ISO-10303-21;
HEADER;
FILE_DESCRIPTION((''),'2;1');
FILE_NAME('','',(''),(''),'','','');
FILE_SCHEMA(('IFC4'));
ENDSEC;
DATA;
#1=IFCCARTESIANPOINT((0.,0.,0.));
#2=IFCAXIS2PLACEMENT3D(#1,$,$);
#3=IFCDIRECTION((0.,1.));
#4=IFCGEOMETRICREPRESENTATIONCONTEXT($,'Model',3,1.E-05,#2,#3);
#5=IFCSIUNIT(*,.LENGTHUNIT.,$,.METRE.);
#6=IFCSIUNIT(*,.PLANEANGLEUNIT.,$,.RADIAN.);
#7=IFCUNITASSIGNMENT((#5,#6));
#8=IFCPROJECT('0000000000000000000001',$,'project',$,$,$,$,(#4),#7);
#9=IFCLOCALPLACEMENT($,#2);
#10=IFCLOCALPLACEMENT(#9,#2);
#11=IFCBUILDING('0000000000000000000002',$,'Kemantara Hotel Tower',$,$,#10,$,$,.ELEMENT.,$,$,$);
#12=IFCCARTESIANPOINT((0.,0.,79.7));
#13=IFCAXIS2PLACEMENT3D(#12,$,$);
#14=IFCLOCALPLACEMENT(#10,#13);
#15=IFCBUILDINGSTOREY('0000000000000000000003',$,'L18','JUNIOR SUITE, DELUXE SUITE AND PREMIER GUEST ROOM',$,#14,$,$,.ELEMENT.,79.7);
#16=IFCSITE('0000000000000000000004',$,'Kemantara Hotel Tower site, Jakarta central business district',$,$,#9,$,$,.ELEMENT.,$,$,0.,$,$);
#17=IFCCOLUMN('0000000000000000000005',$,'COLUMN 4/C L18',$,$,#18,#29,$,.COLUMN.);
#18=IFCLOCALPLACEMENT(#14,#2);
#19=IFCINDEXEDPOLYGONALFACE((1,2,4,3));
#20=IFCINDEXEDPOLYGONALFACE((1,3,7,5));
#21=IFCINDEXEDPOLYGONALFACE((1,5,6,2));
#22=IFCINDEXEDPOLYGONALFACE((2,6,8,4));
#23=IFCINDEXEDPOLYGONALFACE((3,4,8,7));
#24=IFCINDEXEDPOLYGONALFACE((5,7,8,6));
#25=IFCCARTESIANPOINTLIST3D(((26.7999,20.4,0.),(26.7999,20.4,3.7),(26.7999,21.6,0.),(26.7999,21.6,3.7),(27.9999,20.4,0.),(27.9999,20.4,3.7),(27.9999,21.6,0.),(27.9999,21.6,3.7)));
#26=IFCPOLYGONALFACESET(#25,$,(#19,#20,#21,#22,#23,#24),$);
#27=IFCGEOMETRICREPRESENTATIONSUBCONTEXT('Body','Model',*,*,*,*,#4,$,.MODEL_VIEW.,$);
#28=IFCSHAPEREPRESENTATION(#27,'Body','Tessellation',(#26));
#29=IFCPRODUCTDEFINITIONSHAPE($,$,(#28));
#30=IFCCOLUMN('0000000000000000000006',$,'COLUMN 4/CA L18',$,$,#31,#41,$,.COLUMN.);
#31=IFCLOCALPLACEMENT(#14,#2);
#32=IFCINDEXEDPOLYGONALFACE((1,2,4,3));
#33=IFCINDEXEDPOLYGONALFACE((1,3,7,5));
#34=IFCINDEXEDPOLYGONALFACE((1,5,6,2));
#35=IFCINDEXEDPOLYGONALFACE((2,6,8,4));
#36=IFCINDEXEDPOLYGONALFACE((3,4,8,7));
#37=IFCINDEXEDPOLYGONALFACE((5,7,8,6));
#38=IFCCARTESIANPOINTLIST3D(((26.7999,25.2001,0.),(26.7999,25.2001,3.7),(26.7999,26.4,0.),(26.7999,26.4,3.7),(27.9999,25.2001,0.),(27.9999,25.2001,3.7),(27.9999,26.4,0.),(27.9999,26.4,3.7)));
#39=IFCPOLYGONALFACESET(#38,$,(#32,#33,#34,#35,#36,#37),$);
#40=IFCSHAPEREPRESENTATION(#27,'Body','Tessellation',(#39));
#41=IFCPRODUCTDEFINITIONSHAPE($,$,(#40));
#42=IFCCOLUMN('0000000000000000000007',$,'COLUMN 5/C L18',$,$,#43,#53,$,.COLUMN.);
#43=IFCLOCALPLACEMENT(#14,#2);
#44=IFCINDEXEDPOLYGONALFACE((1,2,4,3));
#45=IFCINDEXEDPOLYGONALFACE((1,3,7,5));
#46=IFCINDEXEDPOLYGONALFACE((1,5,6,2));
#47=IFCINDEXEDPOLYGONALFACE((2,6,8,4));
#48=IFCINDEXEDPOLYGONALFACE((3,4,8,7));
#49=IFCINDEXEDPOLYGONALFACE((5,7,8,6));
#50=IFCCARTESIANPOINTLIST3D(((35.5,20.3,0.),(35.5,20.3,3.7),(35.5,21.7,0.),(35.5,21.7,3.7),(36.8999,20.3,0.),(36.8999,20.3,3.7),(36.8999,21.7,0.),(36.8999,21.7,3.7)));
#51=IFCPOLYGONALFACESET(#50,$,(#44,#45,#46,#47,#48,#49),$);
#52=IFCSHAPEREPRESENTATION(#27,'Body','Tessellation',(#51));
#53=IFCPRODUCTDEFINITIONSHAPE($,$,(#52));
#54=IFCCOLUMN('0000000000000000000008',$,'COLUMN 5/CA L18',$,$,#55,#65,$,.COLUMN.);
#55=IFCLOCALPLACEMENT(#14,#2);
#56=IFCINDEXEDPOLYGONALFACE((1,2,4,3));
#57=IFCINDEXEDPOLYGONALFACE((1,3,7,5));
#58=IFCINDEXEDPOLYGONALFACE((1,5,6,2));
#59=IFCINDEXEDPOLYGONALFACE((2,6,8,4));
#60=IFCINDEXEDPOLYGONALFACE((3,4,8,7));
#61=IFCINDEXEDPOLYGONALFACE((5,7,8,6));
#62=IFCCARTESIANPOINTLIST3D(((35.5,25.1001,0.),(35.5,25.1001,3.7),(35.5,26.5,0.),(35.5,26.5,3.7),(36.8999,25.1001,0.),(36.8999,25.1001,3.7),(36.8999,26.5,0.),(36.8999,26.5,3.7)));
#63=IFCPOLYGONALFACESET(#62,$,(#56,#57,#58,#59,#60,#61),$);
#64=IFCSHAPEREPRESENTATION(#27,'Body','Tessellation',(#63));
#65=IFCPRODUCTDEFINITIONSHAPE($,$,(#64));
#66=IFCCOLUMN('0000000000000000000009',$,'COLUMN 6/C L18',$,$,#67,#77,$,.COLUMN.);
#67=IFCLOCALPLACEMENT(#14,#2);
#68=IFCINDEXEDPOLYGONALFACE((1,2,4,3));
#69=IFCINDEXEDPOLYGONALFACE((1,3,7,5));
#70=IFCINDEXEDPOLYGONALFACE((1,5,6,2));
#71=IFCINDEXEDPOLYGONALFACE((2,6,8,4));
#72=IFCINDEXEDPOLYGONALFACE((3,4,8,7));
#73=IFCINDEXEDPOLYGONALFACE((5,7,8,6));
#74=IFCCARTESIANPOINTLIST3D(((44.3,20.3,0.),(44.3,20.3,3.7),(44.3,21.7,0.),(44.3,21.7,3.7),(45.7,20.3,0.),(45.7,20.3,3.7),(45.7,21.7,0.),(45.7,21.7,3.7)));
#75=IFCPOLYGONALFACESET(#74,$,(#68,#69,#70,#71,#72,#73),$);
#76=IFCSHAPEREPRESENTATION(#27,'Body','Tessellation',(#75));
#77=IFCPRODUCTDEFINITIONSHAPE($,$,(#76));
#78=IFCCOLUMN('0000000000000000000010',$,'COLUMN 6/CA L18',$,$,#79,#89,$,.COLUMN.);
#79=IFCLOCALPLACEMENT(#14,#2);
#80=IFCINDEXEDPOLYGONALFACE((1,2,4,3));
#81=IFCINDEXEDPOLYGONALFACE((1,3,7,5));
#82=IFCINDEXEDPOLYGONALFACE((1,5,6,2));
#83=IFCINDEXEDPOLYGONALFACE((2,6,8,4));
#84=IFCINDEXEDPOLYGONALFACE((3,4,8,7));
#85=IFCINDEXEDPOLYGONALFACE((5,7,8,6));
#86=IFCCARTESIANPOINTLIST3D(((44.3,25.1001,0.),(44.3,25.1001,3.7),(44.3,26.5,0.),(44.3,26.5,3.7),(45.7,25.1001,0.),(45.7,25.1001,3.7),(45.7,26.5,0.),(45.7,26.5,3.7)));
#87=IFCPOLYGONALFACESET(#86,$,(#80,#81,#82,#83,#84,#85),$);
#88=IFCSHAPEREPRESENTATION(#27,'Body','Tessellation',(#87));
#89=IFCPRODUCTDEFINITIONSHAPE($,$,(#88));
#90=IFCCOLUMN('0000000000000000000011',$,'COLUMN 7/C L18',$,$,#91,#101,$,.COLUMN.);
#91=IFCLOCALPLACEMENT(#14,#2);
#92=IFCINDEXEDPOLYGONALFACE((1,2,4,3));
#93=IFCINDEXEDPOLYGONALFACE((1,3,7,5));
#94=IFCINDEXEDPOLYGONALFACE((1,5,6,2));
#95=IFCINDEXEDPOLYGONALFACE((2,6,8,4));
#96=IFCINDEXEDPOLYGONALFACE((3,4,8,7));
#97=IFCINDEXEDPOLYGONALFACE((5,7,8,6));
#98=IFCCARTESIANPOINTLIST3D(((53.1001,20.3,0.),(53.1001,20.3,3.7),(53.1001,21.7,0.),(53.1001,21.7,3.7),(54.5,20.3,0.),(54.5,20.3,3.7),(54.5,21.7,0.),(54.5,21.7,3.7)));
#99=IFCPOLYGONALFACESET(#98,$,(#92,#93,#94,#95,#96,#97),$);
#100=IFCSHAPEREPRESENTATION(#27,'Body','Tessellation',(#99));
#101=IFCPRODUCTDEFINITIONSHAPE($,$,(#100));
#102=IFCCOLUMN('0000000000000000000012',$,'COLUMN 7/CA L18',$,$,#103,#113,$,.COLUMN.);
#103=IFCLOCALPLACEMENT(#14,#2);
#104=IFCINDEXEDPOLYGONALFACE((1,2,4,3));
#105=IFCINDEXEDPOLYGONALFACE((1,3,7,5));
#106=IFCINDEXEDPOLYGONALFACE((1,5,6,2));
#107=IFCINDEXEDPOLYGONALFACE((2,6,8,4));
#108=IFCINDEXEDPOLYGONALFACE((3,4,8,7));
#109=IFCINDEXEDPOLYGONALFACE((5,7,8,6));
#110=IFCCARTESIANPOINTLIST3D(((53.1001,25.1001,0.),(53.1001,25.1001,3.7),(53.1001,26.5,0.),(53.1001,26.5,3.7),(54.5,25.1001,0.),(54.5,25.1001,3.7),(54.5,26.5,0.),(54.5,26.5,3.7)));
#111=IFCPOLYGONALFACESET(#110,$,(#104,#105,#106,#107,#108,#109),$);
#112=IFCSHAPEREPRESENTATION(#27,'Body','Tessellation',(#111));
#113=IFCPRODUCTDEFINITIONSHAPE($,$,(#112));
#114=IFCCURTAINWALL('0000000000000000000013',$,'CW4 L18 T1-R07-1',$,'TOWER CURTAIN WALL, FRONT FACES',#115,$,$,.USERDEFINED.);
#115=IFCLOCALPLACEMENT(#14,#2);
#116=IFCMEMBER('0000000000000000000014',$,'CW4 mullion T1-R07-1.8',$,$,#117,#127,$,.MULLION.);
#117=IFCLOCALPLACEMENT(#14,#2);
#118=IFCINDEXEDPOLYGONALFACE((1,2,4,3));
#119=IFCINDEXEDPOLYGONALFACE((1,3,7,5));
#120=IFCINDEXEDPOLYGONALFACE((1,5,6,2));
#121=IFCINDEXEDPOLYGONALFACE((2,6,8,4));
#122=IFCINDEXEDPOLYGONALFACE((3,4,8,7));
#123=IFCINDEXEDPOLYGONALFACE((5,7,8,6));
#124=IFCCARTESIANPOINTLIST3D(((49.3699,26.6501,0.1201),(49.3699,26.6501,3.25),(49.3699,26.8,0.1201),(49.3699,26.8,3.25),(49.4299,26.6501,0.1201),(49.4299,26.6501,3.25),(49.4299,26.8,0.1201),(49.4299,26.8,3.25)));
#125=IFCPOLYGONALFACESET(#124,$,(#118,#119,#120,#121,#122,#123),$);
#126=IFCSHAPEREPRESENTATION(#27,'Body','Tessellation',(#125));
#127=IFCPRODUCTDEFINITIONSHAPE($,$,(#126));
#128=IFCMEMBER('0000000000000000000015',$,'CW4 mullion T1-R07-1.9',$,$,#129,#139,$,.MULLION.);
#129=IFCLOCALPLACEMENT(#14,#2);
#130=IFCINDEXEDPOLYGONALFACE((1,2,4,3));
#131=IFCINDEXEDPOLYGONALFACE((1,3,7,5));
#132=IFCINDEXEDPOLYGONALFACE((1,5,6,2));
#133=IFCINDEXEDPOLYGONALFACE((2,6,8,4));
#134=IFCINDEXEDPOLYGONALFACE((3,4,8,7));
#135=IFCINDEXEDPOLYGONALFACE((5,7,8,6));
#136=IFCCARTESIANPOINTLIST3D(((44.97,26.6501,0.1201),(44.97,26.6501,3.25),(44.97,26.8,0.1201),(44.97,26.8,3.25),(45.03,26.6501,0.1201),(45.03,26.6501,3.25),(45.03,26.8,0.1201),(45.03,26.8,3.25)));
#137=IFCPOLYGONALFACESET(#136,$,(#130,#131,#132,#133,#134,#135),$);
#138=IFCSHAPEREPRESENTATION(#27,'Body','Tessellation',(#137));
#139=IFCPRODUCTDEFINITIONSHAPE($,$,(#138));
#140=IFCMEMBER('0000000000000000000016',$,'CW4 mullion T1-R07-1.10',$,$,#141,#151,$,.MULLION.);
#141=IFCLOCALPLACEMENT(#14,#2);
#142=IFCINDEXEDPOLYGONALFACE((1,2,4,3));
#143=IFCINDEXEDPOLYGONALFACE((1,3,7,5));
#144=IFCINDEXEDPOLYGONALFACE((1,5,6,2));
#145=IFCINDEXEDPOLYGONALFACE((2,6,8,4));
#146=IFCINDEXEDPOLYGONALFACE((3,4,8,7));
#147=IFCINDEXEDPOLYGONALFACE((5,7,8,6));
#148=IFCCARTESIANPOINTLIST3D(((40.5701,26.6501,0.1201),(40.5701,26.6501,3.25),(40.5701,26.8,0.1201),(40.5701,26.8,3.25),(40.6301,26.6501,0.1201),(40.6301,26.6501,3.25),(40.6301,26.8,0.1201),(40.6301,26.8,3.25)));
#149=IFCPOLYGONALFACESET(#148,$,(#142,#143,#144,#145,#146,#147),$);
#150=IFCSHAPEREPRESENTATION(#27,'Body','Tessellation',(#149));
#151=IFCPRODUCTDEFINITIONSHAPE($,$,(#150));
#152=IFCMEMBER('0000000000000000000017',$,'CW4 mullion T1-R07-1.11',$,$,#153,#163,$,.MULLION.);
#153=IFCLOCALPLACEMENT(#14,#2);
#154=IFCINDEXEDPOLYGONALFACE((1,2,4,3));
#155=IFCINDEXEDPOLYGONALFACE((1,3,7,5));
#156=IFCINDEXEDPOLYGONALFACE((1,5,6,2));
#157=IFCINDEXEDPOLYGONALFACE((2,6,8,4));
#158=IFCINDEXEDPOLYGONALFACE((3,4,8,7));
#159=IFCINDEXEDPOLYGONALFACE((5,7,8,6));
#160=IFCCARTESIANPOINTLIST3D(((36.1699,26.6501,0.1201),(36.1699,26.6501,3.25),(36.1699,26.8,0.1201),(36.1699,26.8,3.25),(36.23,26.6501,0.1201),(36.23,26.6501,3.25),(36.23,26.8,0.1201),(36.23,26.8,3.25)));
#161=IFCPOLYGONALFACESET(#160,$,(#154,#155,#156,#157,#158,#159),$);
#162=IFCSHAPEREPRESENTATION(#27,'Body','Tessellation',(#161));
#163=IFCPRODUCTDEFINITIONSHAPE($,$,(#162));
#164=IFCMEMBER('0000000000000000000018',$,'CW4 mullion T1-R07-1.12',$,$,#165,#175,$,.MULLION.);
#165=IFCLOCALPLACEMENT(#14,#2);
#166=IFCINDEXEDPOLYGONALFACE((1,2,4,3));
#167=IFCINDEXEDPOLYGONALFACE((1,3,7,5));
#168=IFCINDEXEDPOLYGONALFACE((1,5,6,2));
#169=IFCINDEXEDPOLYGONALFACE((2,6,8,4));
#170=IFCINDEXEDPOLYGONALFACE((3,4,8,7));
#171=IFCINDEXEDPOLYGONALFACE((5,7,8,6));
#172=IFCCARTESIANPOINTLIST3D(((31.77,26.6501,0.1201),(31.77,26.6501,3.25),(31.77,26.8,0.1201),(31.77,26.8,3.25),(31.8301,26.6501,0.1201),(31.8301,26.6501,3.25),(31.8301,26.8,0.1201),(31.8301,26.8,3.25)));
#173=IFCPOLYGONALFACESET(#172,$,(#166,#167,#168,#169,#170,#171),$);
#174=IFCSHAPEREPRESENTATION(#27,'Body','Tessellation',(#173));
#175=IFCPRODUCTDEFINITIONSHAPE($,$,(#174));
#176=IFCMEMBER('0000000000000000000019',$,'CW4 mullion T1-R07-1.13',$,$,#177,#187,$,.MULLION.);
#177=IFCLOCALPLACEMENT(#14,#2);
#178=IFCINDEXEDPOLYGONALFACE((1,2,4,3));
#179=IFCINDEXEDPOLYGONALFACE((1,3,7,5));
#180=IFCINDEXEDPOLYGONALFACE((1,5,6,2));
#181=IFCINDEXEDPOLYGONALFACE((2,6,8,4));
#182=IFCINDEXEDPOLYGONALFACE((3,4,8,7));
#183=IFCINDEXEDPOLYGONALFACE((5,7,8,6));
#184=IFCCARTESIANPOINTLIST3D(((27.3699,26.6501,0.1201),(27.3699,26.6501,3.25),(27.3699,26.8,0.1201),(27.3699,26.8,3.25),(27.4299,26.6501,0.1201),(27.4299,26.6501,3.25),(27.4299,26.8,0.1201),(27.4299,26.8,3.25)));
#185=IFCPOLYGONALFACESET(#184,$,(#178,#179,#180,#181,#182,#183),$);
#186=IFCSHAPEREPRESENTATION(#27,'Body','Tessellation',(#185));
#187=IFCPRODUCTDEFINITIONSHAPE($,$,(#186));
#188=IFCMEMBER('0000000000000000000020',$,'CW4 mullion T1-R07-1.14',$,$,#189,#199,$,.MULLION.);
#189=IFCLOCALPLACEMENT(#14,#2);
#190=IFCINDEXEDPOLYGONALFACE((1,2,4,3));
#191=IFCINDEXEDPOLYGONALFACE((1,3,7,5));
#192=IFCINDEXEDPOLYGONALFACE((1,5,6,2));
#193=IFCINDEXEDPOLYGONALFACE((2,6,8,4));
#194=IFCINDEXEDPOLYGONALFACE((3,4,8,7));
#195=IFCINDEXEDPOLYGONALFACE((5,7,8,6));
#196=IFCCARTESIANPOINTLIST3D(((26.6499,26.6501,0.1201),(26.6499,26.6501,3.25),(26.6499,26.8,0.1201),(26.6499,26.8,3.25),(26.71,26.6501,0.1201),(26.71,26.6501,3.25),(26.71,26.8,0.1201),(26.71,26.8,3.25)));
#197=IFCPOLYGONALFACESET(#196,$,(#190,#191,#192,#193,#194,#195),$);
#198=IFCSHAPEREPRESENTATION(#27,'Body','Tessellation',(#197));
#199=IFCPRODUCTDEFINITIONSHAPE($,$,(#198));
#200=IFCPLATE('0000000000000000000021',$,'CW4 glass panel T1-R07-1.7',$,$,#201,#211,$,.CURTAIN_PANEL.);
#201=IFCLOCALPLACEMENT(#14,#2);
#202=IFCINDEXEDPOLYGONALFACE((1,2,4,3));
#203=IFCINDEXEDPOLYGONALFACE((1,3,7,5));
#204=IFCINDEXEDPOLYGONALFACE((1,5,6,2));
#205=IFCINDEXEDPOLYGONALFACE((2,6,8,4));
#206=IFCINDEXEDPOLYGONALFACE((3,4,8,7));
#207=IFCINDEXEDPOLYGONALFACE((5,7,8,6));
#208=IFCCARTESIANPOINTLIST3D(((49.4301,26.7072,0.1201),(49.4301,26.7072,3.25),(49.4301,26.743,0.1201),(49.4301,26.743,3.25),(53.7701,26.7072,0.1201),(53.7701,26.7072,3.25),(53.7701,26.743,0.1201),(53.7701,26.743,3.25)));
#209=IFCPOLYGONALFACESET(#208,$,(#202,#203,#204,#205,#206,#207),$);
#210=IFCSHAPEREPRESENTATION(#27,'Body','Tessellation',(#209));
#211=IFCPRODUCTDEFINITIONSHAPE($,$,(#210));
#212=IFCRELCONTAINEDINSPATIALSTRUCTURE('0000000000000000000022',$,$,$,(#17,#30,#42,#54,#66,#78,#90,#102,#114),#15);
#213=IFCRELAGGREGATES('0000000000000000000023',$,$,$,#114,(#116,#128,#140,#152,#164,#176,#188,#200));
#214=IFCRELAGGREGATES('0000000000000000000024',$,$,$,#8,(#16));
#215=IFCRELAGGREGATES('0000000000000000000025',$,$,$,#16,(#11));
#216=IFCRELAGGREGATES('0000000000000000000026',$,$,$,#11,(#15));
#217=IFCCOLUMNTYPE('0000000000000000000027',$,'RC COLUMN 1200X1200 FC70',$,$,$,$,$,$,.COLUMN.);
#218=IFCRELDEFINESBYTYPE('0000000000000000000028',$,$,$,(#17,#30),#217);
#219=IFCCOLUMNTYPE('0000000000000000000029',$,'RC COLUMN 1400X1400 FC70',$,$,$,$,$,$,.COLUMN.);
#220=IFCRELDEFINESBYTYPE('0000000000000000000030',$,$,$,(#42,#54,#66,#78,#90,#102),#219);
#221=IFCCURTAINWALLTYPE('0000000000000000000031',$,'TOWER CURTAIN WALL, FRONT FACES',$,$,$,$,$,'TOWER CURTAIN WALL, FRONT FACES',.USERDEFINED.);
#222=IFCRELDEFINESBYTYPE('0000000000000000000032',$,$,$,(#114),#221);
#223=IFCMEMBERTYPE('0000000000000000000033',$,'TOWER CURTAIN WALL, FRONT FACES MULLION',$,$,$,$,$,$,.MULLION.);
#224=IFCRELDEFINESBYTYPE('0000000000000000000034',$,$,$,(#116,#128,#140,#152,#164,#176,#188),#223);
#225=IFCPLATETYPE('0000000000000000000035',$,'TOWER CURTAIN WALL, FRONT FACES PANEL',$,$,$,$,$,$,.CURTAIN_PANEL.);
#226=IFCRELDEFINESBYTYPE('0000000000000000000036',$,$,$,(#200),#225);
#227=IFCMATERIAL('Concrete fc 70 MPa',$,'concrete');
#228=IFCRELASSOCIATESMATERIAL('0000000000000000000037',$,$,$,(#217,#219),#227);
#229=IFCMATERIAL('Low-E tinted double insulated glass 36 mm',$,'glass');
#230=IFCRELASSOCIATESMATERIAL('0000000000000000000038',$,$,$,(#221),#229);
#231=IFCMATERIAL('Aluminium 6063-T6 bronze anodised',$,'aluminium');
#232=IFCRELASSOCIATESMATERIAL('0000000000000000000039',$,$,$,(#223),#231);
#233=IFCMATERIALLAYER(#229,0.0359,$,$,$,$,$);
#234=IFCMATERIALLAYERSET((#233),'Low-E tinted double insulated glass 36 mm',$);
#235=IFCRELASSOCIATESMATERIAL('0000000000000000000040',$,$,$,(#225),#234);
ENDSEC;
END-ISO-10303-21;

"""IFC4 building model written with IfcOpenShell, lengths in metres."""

from ifc_helpers import new_model, si_unit, direction, frame, origin, origin_2d, place, context, subcontext, project, spatial, rectangle, extrude, source, transform, mapped, material, layer, layer_set, material_profile, profile_set, type_object, element, aggregate, save


model = new_model("IFC4")

# Units and contexts
model_context = context("Model", 3, precision=1e-05, world=origin(), true_north=direction((0.0, 1.0)))
body_context = subcontext(model_context, "Body", "Model", "MODEL_VIEW")
ifc_project = project(units=[si_unit("LENGTHUNIT", "METRE"), si_unit("PLANEANGLEUNIT", "RADIAN")], contexts=[model_context])

# Site, building, storey
site_placement = place(None, origin())
site = spatial("IfcSite", under=ifc_project, at=site_placement, Name="Kemantara Hotel Tower site, Jakarta central business district", CompositionType="ELEMENT", RefElevation=0.0)
building_placement = place(site_placement, origin())
building = spatial("IfcBuilding", under=site, at=building_placement, Name="Kemantara Hotel Tower", CompositionType="ELEMENT")
storey_placement = place(building_placement, frame((0.0, 0.0, 79.7)))
storey = spatial("IfcBuildingStorey", under=building, at=storey_placement, Name="L18", Description="JUNIOR SUITE, DELUXE SUITE AND PREMIER GUEST ROOM", CompositionType="ELEMENT", Elevation=79.7)

# Columns
ifc_material_1 = material(Name="Concrete fc 70 MPa", Category="concrete")
ifc_material_profile_1 = material_profile(ifc_material_1, rectangle(XDim=1.2, YDim=1.2, at=origin_2d()), Name="RC 1200X1200")
ifc_profile_set_1 = profile_set([ifc_material_profile_1], Name="Concrete fc 70 MPa")
column_type_1 = type_object("IfcColumnType", Name="RC COLUMN 1200X1200 FC70", PredefinedType="COLUMN", material=ifc_profile_set_1)
for number, where, z_axis, x_axis, name in (
    (1, (27.3999, 21.0, 0.0), (0.0, 0.0, 1.0), (1.0, 0.0, 0.0), "COLUMN 4/C L18"),
    (2, (27.3999, 25.8, 0.0), (0.0, 0.0, 1.0), (1.0, 0.0, 0.0), "COLUMN 4/CA L18"),
):
    element("IfcColumn", number, at=place(storey_placement, frame(where, z_axis=z_axis, x_axis=x_axis)), inside=storey, type_object=column_type_1, Name=name, PredefinedType="COLUMN", context=body_context, shape_type="SweptSolid", body=[
        extrude(rectangle(XDim=1.2, YDim=1.2, at=origin_2d()), origin(), (0.0, 0.0, 1.0), 3.7),
    ])
ifc_material_profile_2 = material_profile(ifc_material_1, rectangle(XDim=1.3999, YDim=1.3999, at=origin_2d()), Name="RC 1400X1400")
ifc_profile_set_2 = profile_set([ifc_material_profile_2], Name="Concrete fc 70 MPa")
column_type_2 = type_object("IfcColumnType", Name="RC COLUMN 1400X1400 FC70", PredefinedType="COLUMN", material=ifc_profile_set_2)
for number, where, z_axis, x_axis, name in (
    (3, (36.2, 21.0, 0.0), (0.0, 0.0, 1.0), (1.0, 0.0, 0.0), "COLUMN 5/C L18"),
    (4, (36.2, 25.8, 0.0), (0.0, 0.0, 1.0), (1.0, 0.0, 0.0), "COLUMN 5/CA L18"),
    (5, (45.0, 21.0, 0.0), (0.0, 0.0, 1.0), (1.0, 0.0, 0.0), "COLUMN 6/C L18"),
    (6, (45.0, 25.8, 0.0), (0.0, 0.0, 1.0), (1.0, 0.0, 0.0), "COLUMN 6/CA L18"),
    (7, (53.8, 21.0, 0.0), (0.0, 0.0, 1.0), (1.0, 0.0, 0.0), "COLUMN 7/C L18"),
    (8, (53.8, 25.8, 0.0), (0.0, 0.0, 1.0), (1.0, 0.0, 0.0), "COLUMN 7/CA L18"),
):
    element("IfcColumn", number, at=place(storey_placement, frame(where, z_axis=z_axis, x_axis=x_axis)), inside=storey, type_object=column_type_2, Name=name, PredefinedType="COLUMN", context=body_context, shape_type="SweptSolid", body=[
        extrude(rectangle(XDim=1.3999, YDim=1.3999, at=origin_2d()), origin(), (0.0, 0.0, 1.0), 3.7),
    ])

# Curtain wall, members, plate
ifc_material_2 = material(Name="Low-E tinted double insulated glass 36 mm", Category="glass")
curtain_wall_type = type_object("IfcCurtainWallType", Name="TOWER CURTAIN WALL, FRONT FACES", ElementType="TOWER CURTAIN WALL, FRONT FACES", PredefinedType="USERDEFINED", material=ifc_material_2)
curtain_wall_placement = place(storey_placement, origin())
curtain_wall = element("IfcCurtainWall", 9, at=curtain_wall_placement, inside=storey, type_object=curtain_wall_type, Name="CW4 L18 T1-R07-1", ObjectType="TOWER CURTAIN WALL, FRONT FACES", PredefinedType="USERDEFINED")
ifc_material_3 = material(Name="Aluminium 6063-T6 bronze anodised", Category="aluminium")
ifc_material_profile_3 = material_profile(ifc_material_3, rectangle(XDim=0.1499, YDim=0.0601, at=origin_2d()), Name="TOWER CURTAIN WALL, FRONT FACES MULLION")
ifc_profile_set_3 = profile_set([ifc_material_profile_3], Name="Aluminium 6063-T6 bronze anodised")
member_type = type_object("IfcMemberType", Name="TOWER CURTAIN WALL, FRONT FACES MULLION", PredefinedType="MULLION", material=ifc_profile_set_3)
shared_shape_1 = source(origin(), body_context, "Body", "SweptSolid", [
    extrude(rectangle(XDim=0.1499, YDim=0.0601, at=origin_2d()), origin(), (0.0, 0.0, 1.0), 3.1299),
])
member_1_placement = place(storey_placement, frame((49.3999, 26.7251, 0.1201), z_axis=(0.0, 0.0, 1.0), x_axis=(0.0, -1.0, 0.0)))
member_1 = element("IfcMember", 10, at=member_1_placement, type_object=member_type, Name="CW4 mullion T1-R07-1.8", PredefinedType="MULLION", context=body_context, shape_type="MappedRepresentation", body=[
    mapped(shared_shape_1, transform((0.0, 0.0, 0.0))),
])
member_2_placement = place(storey_placement, frame((45.0, 26.7251, 0.1201), z_axis=(0.0, 0.0, 1.0), x_axis=(0.0, -1.0, 0.0)))
member_2 = element("IfcMember", 11, at=member_2_placement, type_object=member_type, Name="CW4 mullion T1-R07-1.9", PredefinedType="MULLION", context=body_context, shape_type="MappedRepresentation", body=[
    mapped(shared_shape_1, transform((0.0, 0.0, 0.0))),
])
member_3_placement = place(storey_placement, frame((40.6001, 26.7251, 0.1201), z_axis=(0.0, 0.0, 1.0), x_axis=(0.0, -1.0, 0.0)))
member_3 = element("IfcMember", 12, at=member_3_placement, type_object=member_type, Name="CW4 mullion T1-R07-1.10", PredefinedType="MULLION", context=body_context, shape_type="MappedRepresentation", body=[
    mapped(shared_shape_1, transform((0.0, 0.0, 0.0))),
])
member_4_placement = place(storey_placement, frame((36.2, 26.7251, 0.1201), z_axis=(0.0, 0.0, 1.0), x_axis=(0.0, -1.0, 0.0)))
member_4 = element("IfcMember", 13, at=member_4_placement, type_object=member_type, Name="CW4 mullion T1-R07-1.11", PredefinedType="MULLION", context=body_context, shape_type="MappedRepresentation", body=[
    mapped(shared_shape_1, transform((0.0, 0.0, 0.0))),
])
member_5_placement = place(storey_placement, frame((31.8, 26.7251, 0.1201), z_axis=(0.0, 0.0, 1.0), x_axis=(0.0, -1.0, 0.0)))
member_5 = element("IfcMember", 14, at=member_5_placement, type_object=member_type, Name="CW4 mullion T1-R07-1.12", PredefinedType="MULLION", context=body_context, shape_type="MappedRepresentation", body=[
    mapped(shared_shape_1, transform((0.0, 0.0, 0.0))),
])
member_6_placement = place(storey_placement, frame((27.3999, 26.7251, 0.1201), z_axis=(0.0, 0.0, 1.0), x_axis=(0.0, -1.0, 0.0)))
member_6 = element("IfcMember", 15, at=member_6_placement, type_object=member_type, Name="CW4 mullion T1-R07-1.13", PredefinedType="MULLION", context=body_context, shape_type="MappedRepresentation", body=[
    mapped(shared_shape_1, transform((0.0, 0.0, 0.0))),
])
member_7_placement = place(storey_placement, frame((26.6799, 26.7251, 0.1201), z_axis=(0.0, 0.0, 1.0), x_axis=(0.0, -1.0, 0.0)))
member_7 = element("IfcMember", 16, at=member_7_placement, type_object=member_type, Name="CW4 mullion T1-R07-1.14", PredefinedType="MULLION", context=body_context, shape_type="MappedRepresentation", body=[
    mapped(shared_shape_1, transform((0.0, 0.0, 0.0))),
])
ifc_layer_1 = layer(ifc_material_2, 0.0359)
ifc_layer_set_1 = layer_set([ifc_layer_1], Name="Low-E tinted double insulated glass 36 mm")
plate_type = type_object("IfcPlateType", Name="TOWER CURTAIN WALL, FRONT FACES PANEL", PredefinedType="CURTAIN_PANEL", material=ifc_layer_set_1)
shared_shape_2 = source(origin(), body_context, "Body", "SweptSolid", [
    extrude(rectangle(XDim=4.3401, YDim=0.0359, at=origin_2d()), origin(), (0.0, 0.0, 1.0), 3.1299),
])
plate_1_placement = place(storey_placement, frame((51.6001, 26.7251, 0.1201), z_axis=(0.0, 0.0, 1.0), x_axis=(-1.0, 0.0, 0.0)))
plate_1 = element("IfcPlate", 17, at=plate_1_placement, type_object=plate_type, Name="CW4 glass panel T1-R07-1.7", PredefinedType="CURTAIN_PANEL", context=body_context, shape_type="MappedRepresentation", body=[
    mapped(shared_shape_2, transform((0.0, 0.0, 0.0))),
])
aggregate(curtain_wall, [member_1, member_2, member_3, member_4, member_5, member_6, member_7, plate_1])

save(model, "model.ifc")
